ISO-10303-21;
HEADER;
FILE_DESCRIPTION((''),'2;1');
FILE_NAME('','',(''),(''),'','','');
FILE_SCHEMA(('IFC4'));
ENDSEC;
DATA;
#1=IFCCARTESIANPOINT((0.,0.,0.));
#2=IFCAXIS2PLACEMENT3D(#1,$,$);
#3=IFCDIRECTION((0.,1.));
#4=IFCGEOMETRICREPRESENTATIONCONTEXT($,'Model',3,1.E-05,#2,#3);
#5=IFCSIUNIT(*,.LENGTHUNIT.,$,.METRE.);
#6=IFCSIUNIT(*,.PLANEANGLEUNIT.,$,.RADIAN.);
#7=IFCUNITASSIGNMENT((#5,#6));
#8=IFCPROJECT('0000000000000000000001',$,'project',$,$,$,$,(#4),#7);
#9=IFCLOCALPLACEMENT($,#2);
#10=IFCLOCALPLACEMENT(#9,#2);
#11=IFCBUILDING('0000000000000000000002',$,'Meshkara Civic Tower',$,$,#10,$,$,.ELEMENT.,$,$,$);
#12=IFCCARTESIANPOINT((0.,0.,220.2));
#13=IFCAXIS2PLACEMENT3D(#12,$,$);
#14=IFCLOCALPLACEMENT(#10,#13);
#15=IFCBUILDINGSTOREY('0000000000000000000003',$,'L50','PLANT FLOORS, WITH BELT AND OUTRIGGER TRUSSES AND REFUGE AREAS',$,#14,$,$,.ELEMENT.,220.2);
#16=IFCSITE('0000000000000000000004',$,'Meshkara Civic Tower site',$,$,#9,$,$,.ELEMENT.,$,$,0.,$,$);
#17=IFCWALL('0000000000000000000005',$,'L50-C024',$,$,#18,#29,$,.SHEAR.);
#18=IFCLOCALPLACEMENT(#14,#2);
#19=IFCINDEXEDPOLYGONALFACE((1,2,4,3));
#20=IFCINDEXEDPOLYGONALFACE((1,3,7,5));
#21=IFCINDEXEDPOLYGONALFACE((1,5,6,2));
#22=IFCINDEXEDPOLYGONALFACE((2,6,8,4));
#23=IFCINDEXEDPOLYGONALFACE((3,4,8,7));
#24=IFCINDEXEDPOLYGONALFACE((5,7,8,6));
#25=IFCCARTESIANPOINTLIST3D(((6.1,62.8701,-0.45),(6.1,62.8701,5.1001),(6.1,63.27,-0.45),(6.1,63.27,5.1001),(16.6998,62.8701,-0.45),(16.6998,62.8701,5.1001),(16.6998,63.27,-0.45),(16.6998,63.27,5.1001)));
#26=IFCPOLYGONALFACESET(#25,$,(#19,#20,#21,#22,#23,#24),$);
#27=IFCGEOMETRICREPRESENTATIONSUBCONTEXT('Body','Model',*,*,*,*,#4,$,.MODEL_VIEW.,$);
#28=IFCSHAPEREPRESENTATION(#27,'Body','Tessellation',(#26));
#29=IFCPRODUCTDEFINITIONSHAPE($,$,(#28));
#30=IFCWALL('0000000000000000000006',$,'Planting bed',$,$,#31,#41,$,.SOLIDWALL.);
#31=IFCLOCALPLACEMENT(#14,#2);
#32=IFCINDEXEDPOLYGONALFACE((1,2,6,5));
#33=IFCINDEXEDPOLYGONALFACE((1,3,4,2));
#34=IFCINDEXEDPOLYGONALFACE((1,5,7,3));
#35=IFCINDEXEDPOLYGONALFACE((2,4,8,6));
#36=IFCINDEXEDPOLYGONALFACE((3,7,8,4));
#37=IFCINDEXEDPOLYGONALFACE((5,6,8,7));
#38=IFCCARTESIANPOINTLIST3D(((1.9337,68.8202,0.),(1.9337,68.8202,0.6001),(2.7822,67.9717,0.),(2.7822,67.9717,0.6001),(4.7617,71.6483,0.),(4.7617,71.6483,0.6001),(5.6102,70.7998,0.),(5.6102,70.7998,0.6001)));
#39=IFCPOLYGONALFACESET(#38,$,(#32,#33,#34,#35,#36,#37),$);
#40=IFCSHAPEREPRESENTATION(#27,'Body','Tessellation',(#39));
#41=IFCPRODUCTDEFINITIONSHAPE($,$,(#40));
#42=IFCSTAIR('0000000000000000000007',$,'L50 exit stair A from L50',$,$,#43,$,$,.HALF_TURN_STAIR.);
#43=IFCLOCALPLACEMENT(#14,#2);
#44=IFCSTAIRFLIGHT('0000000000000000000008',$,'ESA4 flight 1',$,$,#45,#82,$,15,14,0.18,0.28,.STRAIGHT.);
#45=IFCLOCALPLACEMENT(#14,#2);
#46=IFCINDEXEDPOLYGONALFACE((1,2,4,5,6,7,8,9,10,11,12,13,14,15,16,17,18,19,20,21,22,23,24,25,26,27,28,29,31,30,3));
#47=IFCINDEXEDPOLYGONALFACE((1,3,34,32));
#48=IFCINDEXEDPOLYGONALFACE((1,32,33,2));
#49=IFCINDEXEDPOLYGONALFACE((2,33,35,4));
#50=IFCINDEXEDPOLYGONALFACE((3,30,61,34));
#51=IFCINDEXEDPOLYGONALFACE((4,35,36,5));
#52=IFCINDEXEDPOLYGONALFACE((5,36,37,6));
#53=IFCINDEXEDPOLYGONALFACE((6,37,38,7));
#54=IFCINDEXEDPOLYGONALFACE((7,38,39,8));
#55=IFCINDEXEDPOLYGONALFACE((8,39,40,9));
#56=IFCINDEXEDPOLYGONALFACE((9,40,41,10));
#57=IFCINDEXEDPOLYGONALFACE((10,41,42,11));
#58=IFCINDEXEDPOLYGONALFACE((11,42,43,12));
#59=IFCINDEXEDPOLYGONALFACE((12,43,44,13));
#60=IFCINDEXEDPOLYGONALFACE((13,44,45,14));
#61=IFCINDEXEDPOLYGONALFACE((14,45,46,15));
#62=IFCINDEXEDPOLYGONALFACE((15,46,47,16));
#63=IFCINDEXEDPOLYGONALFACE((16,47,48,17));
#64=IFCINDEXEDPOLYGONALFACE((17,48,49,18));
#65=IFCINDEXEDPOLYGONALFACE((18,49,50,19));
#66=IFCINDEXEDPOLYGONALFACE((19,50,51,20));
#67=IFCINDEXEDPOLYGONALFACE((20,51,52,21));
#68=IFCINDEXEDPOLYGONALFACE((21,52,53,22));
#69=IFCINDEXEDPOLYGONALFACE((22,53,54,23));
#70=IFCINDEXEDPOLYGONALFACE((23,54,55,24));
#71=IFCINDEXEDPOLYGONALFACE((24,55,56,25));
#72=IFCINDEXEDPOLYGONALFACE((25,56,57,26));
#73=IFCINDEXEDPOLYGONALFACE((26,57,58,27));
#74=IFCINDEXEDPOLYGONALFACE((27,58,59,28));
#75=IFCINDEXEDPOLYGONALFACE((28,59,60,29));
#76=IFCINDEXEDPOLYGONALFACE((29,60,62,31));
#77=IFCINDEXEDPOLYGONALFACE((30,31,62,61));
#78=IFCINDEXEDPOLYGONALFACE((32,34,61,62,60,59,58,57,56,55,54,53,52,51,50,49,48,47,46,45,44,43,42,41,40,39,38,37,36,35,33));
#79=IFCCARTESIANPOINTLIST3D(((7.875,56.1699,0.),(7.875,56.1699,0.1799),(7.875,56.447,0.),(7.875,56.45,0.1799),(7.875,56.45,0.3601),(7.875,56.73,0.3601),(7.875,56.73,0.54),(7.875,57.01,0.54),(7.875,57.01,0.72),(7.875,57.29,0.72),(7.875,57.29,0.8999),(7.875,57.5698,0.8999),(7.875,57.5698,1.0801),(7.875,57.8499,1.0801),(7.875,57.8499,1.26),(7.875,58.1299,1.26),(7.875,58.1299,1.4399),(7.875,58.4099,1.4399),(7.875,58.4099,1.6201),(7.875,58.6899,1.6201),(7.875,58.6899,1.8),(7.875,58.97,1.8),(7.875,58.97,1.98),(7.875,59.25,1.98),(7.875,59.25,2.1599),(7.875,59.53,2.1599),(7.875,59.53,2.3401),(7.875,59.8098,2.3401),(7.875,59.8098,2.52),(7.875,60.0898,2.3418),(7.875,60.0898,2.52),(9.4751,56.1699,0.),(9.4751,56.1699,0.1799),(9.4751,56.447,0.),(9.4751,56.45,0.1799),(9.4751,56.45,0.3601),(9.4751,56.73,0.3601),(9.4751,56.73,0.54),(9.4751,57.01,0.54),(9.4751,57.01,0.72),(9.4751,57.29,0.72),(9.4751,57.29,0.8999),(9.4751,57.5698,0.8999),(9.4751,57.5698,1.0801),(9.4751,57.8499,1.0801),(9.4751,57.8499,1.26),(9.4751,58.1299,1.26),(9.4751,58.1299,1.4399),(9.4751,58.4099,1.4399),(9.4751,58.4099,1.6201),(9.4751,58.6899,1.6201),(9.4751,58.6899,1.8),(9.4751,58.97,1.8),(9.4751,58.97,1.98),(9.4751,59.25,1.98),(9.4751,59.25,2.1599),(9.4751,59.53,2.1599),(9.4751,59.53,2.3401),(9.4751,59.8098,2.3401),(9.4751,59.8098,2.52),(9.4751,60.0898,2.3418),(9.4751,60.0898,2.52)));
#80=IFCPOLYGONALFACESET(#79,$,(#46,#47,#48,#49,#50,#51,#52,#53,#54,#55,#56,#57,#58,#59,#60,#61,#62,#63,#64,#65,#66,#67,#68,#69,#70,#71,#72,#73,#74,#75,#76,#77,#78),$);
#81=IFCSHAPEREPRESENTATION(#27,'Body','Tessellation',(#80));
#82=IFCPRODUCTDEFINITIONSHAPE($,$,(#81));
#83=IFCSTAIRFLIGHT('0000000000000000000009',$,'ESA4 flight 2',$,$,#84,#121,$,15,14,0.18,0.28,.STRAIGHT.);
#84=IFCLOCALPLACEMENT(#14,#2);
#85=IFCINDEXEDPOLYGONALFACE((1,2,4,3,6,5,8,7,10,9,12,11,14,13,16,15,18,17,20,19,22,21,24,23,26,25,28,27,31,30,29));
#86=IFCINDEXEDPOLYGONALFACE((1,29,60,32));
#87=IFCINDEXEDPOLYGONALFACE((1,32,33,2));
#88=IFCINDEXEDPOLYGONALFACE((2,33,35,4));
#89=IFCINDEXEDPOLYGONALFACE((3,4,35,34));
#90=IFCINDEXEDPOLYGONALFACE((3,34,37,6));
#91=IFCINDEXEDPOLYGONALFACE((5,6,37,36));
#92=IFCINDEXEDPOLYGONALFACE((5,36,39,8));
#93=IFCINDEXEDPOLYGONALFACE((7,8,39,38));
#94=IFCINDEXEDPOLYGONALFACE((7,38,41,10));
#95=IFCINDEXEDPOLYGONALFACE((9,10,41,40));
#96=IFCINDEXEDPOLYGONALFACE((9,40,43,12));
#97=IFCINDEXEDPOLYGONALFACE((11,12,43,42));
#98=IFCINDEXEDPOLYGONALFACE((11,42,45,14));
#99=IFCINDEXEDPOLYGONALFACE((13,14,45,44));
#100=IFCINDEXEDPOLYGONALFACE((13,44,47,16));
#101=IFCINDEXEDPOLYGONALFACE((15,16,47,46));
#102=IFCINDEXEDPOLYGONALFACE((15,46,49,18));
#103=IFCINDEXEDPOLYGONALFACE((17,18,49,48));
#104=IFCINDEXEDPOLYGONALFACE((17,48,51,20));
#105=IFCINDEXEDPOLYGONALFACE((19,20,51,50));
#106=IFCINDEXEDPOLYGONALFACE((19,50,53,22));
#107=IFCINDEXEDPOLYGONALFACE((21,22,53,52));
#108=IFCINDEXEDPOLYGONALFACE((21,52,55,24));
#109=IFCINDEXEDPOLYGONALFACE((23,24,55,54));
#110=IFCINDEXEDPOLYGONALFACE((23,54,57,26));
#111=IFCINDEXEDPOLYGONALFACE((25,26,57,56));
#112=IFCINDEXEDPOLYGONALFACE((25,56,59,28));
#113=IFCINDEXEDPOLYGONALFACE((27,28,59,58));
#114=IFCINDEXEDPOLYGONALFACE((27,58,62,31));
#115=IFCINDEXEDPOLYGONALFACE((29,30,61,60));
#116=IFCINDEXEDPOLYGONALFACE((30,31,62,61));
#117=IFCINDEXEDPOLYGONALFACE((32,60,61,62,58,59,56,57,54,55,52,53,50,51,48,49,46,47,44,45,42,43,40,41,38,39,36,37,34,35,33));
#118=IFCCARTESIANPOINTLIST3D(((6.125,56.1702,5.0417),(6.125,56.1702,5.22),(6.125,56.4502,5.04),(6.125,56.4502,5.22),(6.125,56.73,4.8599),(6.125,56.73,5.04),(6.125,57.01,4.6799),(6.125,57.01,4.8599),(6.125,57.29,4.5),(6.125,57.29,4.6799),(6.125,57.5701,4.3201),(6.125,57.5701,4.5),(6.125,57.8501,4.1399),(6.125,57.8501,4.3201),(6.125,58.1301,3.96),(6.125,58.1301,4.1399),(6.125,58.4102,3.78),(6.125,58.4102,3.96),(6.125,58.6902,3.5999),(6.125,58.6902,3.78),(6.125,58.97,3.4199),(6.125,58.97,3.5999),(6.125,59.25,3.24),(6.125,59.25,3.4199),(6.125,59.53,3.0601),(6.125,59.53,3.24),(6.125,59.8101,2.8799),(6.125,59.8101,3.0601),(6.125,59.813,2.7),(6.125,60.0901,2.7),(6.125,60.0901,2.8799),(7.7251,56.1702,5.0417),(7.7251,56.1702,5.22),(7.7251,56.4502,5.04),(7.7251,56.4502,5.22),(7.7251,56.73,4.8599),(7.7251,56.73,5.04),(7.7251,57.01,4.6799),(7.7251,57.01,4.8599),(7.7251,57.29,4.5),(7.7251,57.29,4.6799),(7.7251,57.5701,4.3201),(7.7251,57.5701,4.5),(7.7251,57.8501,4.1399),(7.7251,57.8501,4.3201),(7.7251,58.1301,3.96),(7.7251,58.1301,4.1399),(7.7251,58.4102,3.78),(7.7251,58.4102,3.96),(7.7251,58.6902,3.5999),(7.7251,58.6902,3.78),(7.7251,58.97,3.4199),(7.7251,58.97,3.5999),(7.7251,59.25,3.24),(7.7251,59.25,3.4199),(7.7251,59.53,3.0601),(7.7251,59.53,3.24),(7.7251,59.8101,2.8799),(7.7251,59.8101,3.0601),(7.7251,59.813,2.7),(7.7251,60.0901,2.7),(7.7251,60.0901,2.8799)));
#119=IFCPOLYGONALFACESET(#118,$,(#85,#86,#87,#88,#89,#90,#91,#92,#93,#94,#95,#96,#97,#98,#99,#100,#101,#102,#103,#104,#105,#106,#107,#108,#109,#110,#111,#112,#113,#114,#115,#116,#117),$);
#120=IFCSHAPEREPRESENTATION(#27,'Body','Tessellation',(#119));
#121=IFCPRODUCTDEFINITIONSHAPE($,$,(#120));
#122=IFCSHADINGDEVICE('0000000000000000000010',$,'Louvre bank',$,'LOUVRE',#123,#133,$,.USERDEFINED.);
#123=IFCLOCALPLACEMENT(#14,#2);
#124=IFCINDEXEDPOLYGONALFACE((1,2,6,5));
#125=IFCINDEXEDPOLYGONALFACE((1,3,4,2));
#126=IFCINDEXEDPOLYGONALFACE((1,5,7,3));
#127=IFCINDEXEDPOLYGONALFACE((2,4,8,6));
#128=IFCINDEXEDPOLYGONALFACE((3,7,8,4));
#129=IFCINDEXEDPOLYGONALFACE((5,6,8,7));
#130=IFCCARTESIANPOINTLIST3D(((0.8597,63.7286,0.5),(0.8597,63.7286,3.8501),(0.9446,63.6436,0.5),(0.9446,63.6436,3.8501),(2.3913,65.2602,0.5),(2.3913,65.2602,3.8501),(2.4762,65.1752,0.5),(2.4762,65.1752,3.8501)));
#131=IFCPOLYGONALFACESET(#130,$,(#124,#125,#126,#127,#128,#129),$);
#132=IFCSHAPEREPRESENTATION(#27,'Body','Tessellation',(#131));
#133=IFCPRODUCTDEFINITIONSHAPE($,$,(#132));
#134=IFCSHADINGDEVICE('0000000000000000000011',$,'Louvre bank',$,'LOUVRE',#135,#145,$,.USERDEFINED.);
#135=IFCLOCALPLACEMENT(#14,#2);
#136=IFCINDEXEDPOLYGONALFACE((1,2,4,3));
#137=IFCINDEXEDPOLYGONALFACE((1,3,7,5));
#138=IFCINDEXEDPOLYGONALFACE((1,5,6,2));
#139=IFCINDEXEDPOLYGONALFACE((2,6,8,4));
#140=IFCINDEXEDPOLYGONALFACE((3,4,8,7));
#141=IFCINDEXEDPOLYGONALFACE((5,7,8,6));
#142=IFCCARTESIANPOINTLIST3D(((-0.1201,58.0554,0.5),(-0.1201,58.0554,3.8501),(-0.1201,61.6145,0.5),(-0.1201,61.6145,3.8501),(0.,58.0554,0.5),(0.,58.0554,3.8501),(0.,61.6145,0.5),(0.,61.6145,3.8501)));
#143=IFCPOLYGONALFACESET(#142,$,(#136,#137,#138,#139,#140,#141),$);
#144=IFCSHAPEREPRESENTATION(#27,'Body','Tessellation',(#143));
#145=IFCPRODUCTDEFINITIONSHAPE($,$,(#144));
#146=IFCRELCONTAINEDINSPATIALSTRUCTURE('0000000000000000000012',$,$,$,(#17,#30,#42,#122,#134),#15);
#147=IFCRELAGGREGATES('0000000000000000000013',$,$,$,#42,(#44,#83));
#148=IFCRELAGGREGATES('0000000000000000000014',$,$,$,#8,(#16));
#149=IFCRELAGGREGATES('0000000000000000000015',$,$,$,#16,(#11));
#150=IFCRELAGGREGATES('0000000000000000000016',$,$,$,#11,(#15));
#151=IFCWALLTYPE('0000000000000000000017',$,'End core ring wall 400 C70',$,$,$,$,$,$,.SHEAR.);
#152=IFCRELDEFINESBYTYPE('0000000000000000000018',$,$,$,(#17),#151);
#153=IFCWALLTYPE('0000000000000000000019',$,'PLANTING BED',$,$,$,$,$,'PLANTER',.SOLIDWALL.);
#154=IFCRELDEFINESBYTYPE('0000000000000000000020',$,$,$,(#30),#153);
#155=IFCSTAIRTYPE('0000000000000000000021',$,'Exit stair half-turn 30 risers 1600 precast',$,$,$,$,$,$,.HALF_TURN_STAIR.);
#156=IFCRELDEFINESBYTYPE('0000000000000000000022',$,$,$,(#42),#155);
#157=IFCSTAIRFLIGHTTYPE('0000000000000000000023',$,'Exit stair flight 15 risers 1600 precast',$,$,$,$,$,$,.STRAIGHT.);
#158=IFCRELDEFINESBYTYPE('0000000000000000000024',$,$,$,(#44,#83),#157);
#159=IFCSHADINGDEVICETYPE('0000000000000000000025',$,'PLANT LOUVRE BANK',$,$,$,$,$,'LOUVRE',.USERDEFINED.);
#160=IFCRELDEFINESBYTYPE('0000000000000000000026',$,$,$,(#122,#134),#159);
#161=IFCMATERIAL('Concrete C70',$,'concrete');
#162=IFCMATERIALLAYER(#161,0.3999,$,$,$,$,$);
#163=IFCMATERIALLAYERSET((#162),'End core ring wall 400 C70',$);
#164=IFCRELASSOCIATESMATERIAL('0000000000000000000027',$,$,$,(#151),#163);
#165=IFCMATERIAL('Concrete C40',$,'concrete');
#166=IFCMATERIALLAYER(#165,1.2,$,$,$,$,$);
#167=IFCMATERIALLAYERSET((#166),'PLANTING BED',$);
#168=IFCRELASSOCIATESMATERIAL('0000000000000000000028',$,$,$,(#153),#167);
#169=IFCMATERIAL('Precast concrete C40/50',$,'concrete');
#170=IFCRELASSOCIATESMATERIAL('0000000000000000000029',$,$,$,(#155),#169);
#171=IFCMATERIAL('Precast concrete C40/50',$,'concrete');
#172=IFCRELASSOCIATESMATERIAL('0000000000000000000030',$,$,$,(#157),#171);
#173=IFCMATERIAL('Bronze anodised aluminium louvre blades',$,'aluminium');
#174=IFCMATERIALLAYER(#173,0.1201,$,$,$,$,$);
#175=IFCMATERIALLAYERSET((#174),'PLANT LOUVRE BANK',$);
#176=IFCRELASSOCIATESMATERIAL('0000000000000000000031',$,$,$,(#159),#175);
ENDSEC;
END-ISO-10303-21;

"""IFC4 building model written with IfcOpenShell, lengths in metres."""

from ifc_helpers import new_model, si_unit, direction, frame, frame_2d, origin, origin_2d, place, context, subcontext, project, spatial, polyline, rectangle, outline, extrude, material, layer, layer_set, type_object, element, aggregate, save


model = new_model("IFC4")

# Units and contexts
model_context = context("Model", 3, precision=1e-05, world=origin(), true_north=direction((0.0, 1.0)))
body_context = subcontext(model_context, "Body", "Model", "MODEL_VIEW")
ifc_project = project(units=[si_unit("LENGTHUNIT", "METRE"), si_unit("PLANEANGLEUNIT", "RADIAN")], contexts=[model_context])

# Site, building, storey
site_placement = place(None, origin())
site = spatial("IfcSite", under=ifc_project, at=site_placement, Name="Meshkara Civic Tower site", CompositionType="ELEMENT", RefElevation=0.0)
building_placement = place(site_placement, origin())
building = spatial("IfcBuilding", under=site, at=building_placement, Name="Meshkara Civic Tower", CompositionType="ELEMENT")
storey_placement = place(building_placement, frame((0.0, 0.0, 220.2)))
storey = spatial("IfcBuildingStorey", under=building, at=storey_placement, Name="L50", Description="PLANT FLOORS, WITH BELT AND OUTRIGGER TRUSSES AND REFUGE AREAS", CompositionType="ELEMENT", Elevation=220.2)

# Shared definitions
ifc_material_1 = material(Name="Concrete C70", Category="concrete")
ifc_layer_1 = layer(ifc_material_1, 0.3999)
ifc_layer_set_1 = layer_set([ifc_layer_1], Name="End core ring wall 400 C70")
wall_type_1 = type_object("IfcWallType", Name="End core ring wall 400 C70", PredefinedType="SHEAR", material=ifc_layer_set_1)

# Walls
wall_1_placement = place(storey_placement, frame((6.1001, 63.0701, -0.45), z_axis=(0.0, 0.0, 1.0), x_axis=(1.0, 0.0, 0.0)))
element("IfcWall", 1, at=wall_1_placement, inside=storey, type_object=wall_type_1, Name="L50-C024", PredefinedType="SHEAR", context=body_context, shape_type="SweptSolid", body=[
    extrude(rectangle(XDim=10.5999, YDim=0.3999, at=frame_2d((5.2998, 0.0))), origin(), (0.0, 0.0, 1.0), 5.55),
])
ifc_material_2 = material(Name="Concrete C40", Category="concrete")
ifc_layer_2 = layer(ifc_material_2, 1.2)
ifc_layer_set_2 = layer_set([ifc_layer_2], Name="PLANTING BED")
wall_type_2 = type_object("IfcWallType", Name="PLANTING BED", ElementType="PLANTER", PredefinedType="SOLIDWALL", material=ifc_layer_set_2)
wall_2_placement = place(storey_placement, frame((2.3579, 68.396, 0.0), z_axis=(0.0, 0.0, 1.0), x_axis=(0.707107, 0.707107, 0.0)))
element("IfcWall", 2, at=wall_2_placement, inside=storey, type_object=wall_type_2, Name="Planting bed", PredefinedType="SOLIDWALL", context=body_context, shape_type="SweptSolid", body=[
    extrude(rectangle(XDim=3.9995, YDim=1.2, at=frame_2d((1.9998, 0.0))), origin(), (0.0, 0.0, 1.0), 0.6001),
])

# Stair, stair flights
ifc_material_3 = material(Name="Precast concrete C40/50", Category="concrete")
stair_type = type_object("IfcStairType", Name="Exit stair half-turn 30 risers 1600 precast", PredefinedType="HALF_TURN_STAIR", material=ifc_material_3)
stair_placement = place(storey_placement, origin())
stair = element("IfcStair", 3, at=stair_placement, inside=storey, type_object=stair_type, Name="L50 exit stair A from L50", PredefinedType="HALF_TURN_STAIR")
ifc_material_4 = material(Name="Precast concrete C40/50", Category="concrete")
stair_flight_type = type_object("IfcStairFlightType", Name="Exit stair flight 15 risers 1600 precast", PredefinedType="STRAIGHT", material=ifc_material_4)
stair_flight_1_placement = place(storey_placement, frame((8.675, 56.1699, 0.0), z_axis=(0.0, 0.0, 1.0), x_axis=(0.0, 1.0, 0.0)))
stair_flight_1 = element("IfcStairFlight", 4, at=stair_flight_1_placement, type_object=stair_flight_type, Name="ESA4 flight 1", NumberOfRisers=15, NumberOfTreads=14, PredefinedType="STRAIGHT", RiserHeight=0.18, TreadLength=0.28, context=body_context, shape_type="SweptSolid", body=[
    extrude(outline(polyline([(0.0, 0.0), (0.0, 0.1799), (0.28, 0.1799), (0.28, 0.3601), (0.5601, 0.3601), (0.5601, 0.54), (0.8401, 0.54), (0.8401, 0.72), (1.1201, 0.72), (1.1201, 0.8999), (1.3999, 0.8999), (1.3999, 1.0801), (1.6799, 1.0801), (1.6799, 1.26), (1.96, 1.26), (1.96, 1.4399), (2.24, 1.4399), (2.24, 1.6201), (2.52, 1.6201), (2.52, 1.8), (2.8, 1.8), (2.8, 1.98), (3.0801, 1.98), (3.0801, 2.1599), (3.3601, 2.1599), (3.3601, 2.3401), (3.6399, 2.3401), (3.6399, 2.52), (3.9199, 2.52), (3.9199, 2.7), (3.9199, 2.3418), (0.2771, 0.0), (0.0, 0.0)])), frame((0.0, 0.8, 0.0), z_axis=(0.0, -1.0, 0.0), x_axis=(1.0, 0.0, 0.0)), (0.0, 0.0, 1.0), 1.6001),
])
stair_flight_2_placement = place(storey_placement, frame((6.925, 60.0901, 2.7), z_axis=(0.0, 0.0, 1.0), x_axis=(0.0, -1.0, 0.0)))
stair_flight_2 = element("IfcStairFlight", 5, at=stair_flight_2_placement, type_object=stair_flight_type, Name="ESA4 flight 2", NumberOfRisers=15, NumberOfTreads=14, PredefinedType="STRAIGHT", RiserHeight=0.18, TreadLength=0.28, context=body_context, shape_type="SweptSolid", body=[
    extrude(outline(polyline([(0.0, 0.0), (0.0, 0.1799), (0.28, 0.1799), (0.28, 0.3601), (0.5601, 0.3601), (0.5601, 0.54), (0.8401, 0.54), (0.8401, 0.72), (1.1201, 0.72), (1.1201, 0.8999), (1.3999, 0.8999), (1.3999, 1.0801), (1.6799, 1.0801), (1.6799, 1.26), (1.96, 1.26), (1.96, 1.4399), (2.24, 1.4399), (2.24, 1.6201), (2.52, 1.6201), (2.52, 1.8), (2.8, 1.8), (2.8, 1.98), (3.0801, 1.98), (3.0801, 2.1599), (3.3601, 2.1599), (3.3601, 2.3401), (3.6399, 2.3401), (3.6399, 2.52), (3.9199, 2.52), (3.9199, 2.7), (3.9199, 2.3418), (0.2771, 0.0), (0.0, 0.0)])), frame((0.0, 0.8, 0.0), z_axis=(0.0, -1.0, 0.0), x_axis=(1.0, 0.0, 0.0)), (0.0, 0.0, 1.0), 1.6001),
])
aggregate(stair, [stair_flight_1, stair_flight_2])

# Shading devices
ifc_material_5 = material(Name="Bronze anodised aluminium louvre blades", Category="aluminium")
ifc_layer_3 = layer(ifc_material_5, 0.1201)
ifc_layer_set_3 = layer_set([ifc_layer_3], Name="PLANT LOUVRE BANK")
shading_device_type = type_object("IfcShadingDeviceType", Name="PLANT LOUVRE BANK", ElementType="LOUVRE", PredefinedType="USERDEFINED", material=ifc_layer_set_3)
shading_device_1_placement = place(storey_placement, frame((1.668, 64.4519, 0.5), z_axis=(0.0, 0.0, 1.0), x_axis=(-0.707107, -0.707107, 0.0)))
element("IfcShadingDevice", 6, at=shading_device_1_placement, inside=storey, type_object=shading_device_type, Name="Louvre bank", ObjectType="LOUVRE", PredefinedType="USERDEFINED", context=body_context, shape_type="SweptSolid", body=[
    extrude(rectangle(XDim=2.166, YDim=0.1201, at=origin_2d()), origin(), (0.0, 0.0, 1.0), 3.3501),
])
shading_device_2_placement = place(storey_placement, frame((-0.0601, 59.835, 0.5), z_axis=(0.0, 0.0, 1.0), x_axis=(0.0, -1.0, 0.0)))
element("IfcShadingDevice", 7, at=shading_device_2_placement, inside=storey, type_object=shading_device_type, Name="Louvre bank", ObjectType="LOUVRE", PredefinedType="USERDEFINED", context=body_context, shape_type="SweptSolid", body=[
    extrude(rectangle(XDim=3.5591, YDim=0.1201, at=origin_2d()), origin(), (0.0, 0.0, 1.0), 3.3501),
])

save(model, "model.ifc")
